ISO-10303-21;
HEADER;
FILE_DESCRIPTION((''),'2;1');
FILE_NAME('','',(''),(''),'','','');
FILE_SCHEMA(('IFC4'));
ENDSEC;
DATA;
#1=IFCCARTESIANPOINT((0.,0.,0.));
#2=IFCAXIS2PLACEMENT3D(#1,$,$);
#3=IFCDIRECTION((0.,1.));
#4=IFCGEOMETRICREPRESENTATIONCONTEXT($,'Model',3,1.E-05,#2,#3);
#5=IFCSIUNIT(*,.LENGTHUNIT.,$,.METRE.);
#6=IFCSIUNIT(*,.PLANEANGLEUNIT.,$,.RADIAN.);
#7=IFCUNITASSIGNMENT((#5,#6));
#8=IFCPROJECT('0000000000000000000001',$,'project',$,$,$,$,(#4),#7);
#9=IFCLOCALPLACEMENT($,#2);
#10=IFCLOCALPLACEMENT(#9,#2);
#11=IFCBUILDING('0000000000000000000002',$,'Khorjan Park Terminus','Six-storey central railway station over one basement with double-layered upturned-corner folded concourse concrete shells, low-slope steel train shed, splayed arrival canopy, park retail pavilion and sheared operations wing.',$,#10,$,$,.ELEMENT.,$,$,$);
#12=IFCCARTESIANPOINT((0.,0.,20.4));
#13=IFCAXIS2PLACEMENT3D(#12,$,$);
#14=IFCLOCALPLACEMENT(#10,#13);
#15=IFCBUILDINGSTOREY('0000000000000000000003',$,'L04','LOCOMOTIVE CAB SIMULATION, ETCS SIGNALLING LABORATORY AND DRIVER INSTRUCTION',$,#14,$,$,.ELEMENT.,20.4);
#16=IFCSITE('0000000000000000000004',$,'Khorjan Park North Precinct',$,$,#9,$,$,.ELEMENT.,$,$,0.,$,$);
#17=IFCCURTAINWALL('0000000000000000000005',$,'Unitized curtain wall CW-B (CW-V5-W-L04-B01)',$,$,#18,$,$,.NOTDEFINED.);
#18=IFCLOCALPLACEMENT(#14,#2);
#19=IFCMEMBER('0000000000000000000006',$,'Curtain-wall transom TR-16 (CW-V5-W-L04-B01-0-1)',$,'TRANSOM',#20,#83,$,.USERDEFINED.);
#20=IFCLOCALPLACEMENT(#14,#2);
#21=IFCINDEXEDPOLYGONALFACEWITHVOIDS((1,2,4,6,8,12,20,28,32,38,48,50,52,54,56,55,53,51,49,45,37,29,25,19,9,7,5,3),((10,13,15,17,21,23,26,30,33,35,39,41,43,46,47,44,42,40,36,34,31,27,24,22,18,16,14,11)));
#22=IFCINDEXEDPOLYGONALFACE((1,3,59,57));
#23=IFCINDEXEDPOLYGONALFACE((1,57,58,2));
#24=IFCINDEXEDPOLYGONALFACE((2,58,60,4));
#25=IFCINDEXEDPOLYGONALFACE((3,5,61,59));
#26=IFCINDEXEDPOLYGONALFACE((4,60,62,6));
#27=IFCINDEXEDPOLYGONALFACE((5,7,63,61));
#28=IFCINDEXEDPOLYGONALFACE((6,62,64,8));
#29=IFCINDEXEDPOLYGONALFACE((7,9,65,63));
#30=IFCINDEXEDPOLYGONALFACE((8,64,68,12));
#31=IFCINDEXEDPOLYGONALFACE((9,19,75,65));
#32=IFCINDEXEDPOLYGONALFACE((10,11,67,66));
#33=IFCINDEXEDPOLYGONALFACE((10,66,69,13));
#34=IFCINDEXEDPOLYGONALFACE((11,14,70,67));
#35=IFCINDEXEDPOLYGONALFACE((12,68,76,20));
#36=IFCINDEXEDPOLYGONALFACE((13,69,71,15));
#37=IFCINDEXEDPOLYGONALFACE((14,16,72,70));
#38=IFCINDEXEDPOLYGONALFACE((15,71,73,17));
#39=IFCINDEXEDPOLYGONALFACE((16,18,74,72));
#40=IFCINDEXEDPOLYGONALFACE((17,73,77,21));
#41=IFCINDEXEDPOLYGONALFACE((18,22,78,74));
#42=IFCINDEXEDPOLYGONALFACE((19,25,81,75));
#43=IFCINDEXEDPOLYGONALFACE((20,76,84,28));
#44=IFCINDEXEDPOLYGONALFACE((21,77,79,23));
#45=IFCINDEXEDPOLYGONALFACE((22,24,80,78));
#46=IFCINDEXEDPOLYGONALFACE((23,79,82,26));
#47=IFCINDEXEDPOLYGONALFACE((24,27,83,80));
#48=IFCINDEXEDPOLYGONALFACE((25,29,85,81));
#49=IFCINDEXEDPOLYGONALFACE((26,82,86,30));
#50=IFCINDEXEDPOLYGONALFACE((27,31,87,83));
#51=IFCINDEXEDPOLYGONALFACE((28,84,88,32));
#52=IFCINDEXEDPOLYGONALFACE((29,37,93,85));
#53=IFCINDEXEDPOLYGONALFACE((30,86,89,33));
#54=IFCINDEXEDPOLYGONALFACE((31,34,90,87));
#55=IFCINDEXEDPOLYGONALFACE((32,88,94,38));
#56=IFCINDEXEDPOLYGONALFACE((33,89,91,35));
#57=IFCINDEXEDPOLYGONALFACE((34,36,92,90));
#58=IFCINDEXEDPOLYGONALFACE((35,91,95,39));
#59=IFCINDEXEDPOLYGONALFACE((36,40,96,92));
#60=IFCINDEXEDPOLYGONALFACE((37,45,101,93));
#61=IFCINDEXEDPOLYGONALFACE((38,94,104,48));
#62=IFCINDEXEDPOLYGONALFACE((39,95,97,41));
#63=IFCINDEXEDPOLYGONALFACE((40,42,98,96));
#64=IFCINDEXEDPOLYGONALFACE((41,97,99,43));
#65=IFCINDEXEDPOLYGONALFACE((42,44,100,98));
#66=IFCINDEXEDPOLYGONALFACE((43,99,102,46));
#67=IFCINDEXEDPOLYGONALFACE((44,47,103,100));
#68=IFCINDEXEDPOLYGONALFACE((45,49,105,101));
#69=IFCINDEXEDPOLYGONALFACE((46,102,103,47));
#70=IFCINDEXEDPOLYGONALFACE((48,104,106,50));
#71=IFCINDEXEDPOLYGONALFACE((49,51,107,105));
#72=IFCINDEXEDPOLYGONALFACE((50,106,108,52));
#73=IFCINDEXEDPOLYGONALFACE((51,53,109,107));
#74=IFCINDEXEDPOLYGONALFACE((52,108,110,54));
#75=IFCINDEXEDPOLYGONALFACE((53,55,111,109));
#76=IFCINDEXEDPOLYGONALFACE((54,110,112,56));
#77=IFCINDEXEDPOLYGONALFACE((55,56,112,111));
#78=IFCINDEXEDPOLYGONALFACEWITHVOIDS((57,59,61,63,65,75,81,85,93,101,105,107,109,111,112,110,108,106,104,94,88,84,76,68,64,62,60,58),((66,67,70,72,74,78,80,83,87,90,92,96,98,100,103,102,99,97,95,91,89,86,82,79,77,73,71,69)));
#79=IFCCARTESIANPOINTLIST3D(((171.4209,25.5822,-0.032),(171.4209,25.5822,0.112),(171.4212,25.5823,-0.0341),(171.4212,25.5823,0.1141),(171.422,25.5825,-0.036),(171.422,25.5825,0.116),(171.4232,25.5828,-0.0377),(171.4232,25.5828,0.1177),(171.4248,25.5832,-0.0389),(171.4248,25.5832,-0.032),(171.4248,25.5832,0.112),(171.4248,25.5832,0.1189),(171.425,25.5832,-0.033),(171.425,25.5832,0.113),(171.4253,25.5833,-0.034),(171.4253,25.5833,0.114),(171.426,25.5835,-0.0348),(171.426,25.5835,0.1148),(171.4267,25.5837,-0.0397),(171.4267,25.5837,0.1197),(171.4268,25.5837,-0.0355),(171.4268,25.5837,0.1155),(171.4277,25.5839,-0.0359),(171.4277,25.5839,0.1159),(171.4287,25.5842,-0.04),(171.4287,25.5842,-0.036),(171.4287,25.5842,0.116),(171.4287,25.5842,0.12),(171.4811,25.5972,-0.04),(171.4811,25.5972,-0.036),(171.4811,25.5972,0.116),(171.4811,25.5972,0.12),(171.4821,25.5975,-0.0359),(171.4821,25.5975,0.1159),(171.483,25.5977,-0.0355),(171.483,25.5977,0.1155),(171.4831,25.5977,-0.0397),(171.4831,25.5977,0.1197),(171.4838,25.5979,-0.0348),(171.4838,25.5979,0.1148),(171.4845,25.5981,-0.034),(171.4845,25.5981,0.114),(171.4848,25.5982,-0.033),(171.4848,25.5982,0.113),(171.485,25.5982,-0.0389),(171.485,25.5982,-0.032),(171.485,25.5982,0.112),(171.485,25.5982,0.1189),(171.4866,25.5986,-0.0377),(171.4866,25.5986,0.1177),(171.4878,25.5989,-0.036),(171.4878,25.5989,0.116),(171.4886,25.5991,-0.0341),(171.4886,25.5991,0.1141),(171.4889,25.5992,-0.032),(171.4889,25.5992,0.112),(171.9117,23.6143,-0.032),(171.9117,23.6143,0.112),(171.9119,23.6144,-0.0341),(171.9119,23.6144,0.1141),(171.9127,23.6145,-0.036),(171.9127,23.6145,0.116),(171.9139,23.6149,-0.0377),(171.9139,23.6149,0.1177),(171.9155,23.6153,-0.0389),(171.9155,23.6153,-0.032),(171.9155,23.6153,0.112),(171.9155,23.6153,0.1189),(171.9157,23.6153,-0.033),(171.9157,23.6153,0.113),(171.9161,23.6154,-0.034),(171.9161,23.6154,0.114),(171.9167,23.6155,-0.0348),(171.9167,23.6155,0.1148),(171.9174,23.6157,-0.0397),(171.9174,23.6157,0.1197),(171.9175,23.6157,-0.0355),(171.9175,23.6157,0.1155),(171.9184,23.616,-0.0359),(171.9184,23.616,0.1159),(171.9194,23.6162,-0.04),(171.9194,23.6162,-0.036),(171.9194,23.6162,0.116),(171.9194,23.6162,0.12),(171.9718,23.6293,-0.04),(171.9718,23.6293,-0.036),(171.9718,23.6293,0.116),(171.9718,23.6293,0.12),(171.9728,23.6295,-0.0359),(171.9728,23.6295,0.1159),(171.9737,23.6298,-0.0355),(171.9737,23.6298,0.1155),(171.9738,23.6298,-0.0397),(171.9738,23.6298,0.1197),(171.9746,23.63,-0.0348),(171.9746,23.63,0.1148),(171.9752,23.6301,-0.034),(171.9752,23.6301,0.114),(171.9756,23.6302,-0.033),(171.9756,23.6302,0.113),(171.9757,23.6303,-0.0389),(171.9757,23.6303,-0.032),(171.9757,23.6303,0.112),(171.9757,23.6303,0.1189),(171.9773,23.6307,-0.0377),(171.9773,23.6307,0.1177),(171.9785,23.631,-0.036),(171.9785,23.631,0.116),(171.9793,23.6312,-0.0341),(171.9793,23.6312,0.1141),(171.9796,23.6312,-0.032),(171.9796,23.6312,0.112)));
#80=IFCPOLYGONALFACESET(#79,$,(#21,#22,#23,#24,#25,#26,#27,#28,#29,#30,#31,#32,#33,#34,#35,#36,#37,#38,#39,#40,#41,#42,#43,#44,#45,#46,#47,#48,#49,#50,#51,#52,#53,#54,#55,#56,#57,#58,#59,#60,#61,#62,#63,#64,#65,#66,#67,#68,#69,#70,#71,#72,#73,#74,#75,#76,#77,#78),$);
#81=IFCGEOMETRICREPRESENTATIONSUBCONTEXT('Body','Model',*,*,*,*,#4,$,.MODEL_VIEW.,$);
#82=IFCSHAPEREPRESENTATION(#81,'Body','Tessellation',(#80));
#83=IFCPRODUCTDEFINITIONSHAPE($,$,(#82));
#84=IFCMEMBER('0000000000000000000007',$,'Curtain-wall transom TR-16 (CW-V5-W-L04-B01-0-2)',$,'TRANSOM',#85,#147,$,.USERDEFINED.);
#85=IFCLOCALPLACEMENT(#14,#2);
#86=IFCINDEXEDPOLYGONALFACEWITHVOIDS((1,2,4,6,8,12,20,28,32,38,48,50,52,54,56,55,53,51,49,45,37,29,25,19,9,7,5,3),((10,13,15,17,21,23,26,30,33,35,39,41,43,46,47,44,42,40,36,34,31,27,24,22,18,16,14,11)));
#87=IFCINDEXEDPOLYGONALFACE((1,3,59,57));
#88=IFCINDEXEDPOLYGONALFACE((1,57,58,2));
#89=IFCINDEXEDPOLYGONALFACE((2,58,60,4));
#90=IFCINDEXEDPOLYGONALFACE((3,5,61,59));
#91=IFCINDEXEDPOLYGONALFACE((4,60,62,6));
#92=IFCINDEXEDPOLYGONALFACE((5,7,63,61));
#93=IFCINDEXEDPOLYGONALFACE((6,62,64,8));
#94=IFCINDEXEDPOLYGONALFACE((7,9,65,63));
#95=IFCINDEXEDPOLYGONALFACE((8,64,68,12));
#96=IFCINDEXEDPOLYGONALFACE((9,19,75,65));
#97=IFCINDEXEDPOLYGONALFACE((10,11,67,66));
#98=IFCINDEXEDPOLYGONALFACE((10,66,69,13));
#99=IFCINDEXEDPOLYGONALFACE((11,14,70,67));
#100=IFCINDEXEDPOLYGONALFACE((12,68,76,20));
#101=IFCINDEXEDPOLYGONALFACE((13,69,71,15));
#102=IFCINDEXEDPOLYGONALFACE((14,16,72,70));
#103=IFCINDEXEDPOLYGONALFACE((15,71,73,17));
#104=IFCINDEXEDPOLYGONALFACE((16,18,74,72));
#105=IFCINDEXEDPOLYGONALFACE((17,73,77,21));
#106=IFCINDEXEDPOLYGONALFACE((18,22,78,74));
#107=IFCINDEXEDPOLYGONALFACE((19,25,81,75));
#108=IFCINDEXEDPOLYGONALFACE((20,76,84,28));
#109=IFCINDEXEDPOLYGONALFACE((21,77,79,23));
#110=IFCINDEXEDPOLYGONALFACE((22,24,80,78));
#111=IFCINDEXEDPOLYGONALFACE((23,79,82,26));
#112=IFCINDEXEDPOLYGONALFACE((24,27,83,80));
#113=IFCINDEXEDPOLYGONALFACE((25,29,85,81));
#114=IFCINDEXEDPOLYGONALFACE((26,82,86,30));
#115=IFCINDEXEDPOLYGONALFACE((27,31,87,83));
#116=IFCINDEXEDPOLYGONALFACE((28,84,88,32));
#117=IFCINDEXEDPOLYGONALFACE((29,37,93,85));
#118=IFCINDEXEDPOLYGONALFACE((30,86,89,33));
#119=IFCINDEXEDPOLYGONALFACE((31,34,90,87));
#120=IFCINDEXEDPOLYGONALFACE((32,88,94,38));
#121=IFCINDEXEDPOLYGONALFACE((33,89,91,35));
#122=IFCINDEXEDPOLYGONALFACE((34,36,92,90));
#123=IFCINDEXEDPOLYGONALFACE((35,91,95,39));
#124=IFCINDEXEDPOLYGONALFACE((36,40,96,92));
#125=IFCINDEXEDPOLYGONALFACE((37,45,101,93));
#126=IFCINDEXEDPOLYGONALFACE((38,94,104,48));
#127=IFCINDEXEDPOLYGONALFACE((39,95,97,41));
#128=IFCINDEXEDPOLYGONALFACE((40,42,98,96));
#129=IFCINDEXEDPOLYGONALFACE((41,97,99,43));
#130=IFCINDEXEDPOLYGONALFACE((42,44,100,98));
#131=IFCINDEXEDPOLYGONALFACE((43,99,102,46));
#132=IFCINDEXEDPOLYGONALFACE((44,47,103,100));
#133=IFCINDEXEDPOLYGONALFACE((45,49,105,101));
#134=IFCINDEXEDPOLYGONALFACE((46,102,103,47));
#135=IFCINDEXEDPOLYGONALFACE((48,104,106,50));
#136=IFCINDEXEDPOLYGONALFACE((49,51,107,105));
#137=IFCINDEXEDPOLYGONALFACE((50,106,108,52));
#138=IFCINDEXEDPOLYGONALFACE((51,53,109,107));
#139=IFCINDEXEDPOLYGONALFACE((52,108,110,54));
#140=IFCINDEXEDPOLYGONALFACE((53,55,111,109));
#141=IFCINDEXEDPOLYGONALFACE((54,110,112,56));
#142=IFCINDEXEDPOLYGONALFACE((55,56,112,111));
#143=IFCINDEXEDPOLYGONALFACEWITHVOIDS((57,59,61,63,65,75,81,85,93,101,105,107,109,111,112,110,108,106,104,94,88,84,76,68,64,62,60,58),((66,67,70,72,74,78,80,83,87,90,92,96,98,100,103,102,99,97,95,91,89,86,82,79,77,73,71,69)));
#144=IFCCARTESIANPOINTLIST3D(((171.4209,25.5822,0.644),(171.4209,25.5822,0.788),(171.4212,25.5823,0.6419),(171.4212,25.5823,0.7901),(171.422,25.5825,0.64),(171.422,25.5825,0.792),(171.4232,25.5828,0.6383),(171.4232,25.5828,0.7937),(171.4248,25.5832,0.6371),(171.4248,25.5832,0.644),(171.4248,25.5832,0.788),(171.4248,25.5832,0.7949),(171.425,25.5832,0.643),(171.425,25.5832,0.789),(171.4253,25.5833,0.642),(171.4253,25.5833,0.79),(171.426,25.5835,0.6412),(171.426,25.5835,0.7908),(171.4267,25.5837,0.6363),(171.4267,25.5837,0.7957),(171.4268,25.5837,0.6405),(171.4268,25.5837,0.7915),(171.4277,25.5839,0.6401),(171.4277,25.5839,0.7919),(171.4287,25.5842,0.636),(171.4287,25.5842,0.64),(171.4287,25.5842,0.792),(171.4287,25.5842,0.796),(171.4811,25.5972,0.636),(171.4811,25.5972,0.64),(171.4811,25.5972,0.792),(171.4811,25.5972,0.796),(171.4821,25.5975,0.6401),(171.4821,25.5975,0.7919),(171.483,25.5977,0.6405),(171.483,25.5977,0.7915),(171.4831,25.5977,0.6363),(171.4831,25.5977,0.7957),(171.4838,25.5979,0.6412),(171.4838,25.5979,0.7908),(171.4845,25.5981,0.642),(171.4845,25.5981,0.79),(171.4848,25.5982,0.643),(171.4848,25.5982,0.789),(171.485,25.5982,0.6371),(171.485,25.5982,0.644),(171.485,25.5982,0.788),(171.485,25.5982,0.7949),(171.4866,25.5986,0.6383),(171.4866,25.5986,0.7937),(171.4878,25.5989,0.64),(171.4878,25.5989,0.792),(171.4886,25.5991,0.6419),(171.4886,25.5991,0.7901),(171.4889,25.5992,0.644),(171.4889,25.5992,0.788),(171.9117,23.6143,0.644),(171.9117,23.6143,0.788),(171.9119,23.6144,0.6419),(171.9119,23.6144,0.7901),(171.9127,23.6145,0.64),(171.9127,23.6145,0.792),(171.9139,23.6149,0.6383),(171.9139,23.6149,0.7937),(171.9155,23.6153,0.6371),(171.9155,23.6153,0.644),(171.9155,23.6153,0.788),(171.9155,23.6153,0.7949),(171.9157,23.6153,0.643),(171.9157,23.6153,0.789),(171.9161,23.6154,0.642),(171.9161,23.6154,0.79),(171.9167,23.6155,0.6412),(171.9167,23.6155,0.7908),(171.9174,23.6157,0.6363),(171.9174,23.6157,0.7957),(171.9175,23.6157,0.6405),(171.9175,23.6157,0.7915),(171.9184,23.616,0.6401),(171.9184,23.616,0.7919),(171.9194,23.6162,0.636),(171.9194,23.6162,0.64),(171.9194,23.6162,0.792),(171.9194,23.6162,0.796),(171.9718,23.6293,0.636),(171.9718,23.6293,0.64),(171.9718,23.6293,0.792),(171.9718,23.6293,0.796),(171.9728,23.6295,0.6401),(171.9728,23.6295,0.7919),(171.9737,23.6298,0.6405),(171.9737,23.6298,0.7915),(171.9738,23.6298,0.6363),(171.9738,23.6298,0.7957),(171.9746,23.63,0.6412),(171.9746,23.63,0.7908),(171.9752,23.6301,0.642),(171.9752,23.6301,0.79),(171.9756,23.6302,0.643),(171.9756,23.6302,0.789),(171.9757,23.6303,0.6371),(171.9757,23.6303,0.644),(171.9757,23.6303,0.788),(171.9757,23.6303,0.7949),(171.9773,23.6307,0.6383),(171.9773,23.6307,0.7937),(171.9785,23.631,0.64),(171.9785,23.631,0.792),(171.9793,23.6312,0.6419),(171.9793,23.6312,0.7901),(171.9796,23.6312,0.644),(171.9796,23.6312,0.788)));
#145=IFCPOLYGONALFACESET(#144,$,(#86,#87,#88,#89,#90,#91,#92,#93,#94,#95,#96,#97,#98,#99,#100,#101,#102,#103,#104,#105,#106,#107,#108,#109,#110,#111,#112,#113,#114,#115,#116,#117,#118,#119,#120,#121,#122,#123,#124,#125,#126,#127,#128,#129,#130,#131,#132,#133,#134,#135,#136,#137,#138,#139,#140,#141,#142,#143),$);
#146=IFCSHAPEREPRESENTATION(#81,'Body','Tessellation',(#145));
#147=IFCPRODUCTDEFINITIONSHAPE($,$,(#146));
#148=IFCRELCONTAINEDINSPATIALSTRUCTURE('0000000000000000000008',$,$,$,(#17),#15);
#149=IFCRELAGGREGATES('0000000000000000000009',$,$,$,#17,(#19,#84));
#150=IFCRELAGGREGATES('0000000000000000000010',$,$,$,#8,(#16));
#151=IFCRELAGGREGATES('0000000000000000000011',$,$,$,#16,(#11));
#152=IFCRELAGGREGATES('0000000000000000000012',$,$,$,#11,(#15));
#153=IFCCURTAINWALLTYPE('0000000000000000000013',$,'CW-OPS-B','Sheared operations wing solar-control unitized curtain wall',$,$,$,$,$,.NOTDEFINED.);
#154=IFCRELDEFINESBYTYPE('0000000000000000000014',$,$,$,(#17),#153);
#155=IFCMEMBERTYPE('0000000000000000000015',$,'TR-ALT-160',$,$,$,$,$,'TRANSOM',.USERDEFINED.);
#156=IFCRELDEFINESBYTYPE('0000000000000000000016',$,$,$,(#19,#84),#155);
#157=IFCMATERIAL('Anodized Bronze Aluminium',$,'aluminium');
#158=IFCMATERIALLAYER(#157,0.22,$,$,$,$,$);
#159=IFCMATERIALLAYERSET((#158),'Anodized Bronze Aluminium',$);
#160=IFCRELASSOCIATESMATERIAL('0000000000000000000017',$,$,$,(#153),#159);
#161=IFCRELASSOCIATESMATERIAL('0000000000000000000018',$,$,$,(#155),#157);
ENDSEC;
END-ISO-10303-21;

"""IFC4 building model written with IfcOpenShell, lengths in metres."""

from ifc_helpers import new_model, si_unit, direction, frame, origin, origin_2d, place, context, subcontext, project, spatial, hollow_rectangle, extrude, material, layer, layer_set, material_profile, profile_set, type_object, element, aggregate, save


model = new_model("IFC4")

# Units and contexts
model_context = context("Model", 3, precision=1e-05, world=origin(), true_north=direction((0.0, 1.0)))
body_context = subcontext(model_context, "Body", "Model", "MODEL_VIEW")
ifc_project = project(units=[si_unit("LENGTHUNIT", "METRE"), si_unit("PLANEANGLEUNIT", "RADIAN")], contexts=[model_context])

# Site, building, storey
site_placement = place(None, origin())
site = spatial("IfcSite", under=ifc_project, at=site_placement, Name="Khorjan Park North Precinct", CompositionType="ELEMENT", RefElevation=0.0)
building_placement = place(site_placement, origin())
building = spatial("IfcBuilding", under=site, at=building_placement, Name="Khorjan Park Terminus", Description="Six-storey central railway station over one basement with double-layered upturned-corner folded concourse concrete shells, low-slope steel train shed, splayed arrival canopy, park retail pavilion and sheared operations wing.", CompositionType="ELEMENT")
storey_placement = place(building_placement, frame((0.0, 0.0, 20.4)))
storey = spatial("IfcBuildingStorey", under=building, at=storey_placement, Name="L04", Description="LOCOMOTIVE CAB SIMULATION, ETCS SIGNALLING LABORATORY AND DRIVER INSTRUCTION", CompositionType="ELEMENT", Elevation=20.4)

# Shared definitions
ifc_material_1 = material(Name="Anodized Bronze Aluminium", Category="aluminium")
ifc_layer_1 = layer(ifc_material_1, 0.22)
ifc_layer_set_1 = layer_set([ifc_layer_1], Name="Anodized Bronze Aluminium")
curtain_wall_type = type_object("IfcCurtainWallType", Name="CW-OPS-B", Description="Sheared operations wing solar-control unitized curtain wall", PredefinedType="NOTDEFINED", material=ifc_layer_set_1)

# Curtain wall, members
curtain_wall_1_placement = place(storey_placement, origin())
curtain_wall_1 = element("IfcCurtainWall", 1, at=curtain_wall_1_placement, inside=storey, type_object=curtain_wall_type, Name="Unitized curtain wall CW-B (CW-V5-W-L04-B01)", PredefinedType="NOTDEFINED")
ifc_material_profile_1 = material_profile(ifc_material_1, hollow_rectangle(XDim=0.07, YDim=0.16, WallThickness=0.004, InnerFilletRadius=0.004, OuterFilletRadius=0.008, at=origin_2d()), Name="ALT 70x160x4")
ifc_profile_set_1 = profile_set([ifc_material_profile_1], Name="Anodized Bronze Aluminium")
member_type_1 = type_object("IfcMemberType", Name="TR-ALT-160", ElementType="TRANSOM", PredefinedType="USERDEFINED", material=ifc_profile_set_1)
member_1_placement = place(storey_placement, frame((171.4549, 25.5907, 0.04), z_axis=(0.241944, -0.97029, 0.0), x_axis=(0.97029, 0.241944, 0.0)))
member_1 = element("IfcMember", 2, at=member_1_placement, type_object=member_type_1, Name="Curtain-wall transom TR-16 (CW-V5-W-L04-B01-0-1)", ObjectType="TRANSOM", PredefinedType="USERDEFINED", context=body_context, shape_type="SweptSolid", body=[
    extrude(hollow_rectangle(XDim=0.07, YDim=0.16, WallThickness=0.004, InnerFilletRadius=0.004, OuterFilletRadius=0.008, at=origin_2d()), origin(), (0.0, 0.0, 1.0), 2.0282),
])
member_2_placement = place(storey_placement, frame((171.4549, 25.5907, 0.716), z_axis=(0.241944, -0.97029, 0.0), x_axis=(0.97029, 0.241944, 0.0)))
member_2 = element("IfcMember", 3, at=member_2_placement, type_object=member_type_1, Name="Curtain-wall transom TR-16 (CW-V5-W-L04-B01-0-2)", ObjectType="TRANSOM", PredefinedType="USERDEFINED", context=body_context, shape_type="SweptSolid", body=[
    extrude(hollow_rectangle(XDim=0.07, YDim=0.16, WallThickness=0.004, InnerFilletRadius=0.004, OuterFilletRadius=0.008, at=origin_2d()), origin(), (0.0, 0.0, 1.0), 2.0282),
])

aggregate(curtain_wall_1, [member_1, member_2])

save(model, "model.ifc")
